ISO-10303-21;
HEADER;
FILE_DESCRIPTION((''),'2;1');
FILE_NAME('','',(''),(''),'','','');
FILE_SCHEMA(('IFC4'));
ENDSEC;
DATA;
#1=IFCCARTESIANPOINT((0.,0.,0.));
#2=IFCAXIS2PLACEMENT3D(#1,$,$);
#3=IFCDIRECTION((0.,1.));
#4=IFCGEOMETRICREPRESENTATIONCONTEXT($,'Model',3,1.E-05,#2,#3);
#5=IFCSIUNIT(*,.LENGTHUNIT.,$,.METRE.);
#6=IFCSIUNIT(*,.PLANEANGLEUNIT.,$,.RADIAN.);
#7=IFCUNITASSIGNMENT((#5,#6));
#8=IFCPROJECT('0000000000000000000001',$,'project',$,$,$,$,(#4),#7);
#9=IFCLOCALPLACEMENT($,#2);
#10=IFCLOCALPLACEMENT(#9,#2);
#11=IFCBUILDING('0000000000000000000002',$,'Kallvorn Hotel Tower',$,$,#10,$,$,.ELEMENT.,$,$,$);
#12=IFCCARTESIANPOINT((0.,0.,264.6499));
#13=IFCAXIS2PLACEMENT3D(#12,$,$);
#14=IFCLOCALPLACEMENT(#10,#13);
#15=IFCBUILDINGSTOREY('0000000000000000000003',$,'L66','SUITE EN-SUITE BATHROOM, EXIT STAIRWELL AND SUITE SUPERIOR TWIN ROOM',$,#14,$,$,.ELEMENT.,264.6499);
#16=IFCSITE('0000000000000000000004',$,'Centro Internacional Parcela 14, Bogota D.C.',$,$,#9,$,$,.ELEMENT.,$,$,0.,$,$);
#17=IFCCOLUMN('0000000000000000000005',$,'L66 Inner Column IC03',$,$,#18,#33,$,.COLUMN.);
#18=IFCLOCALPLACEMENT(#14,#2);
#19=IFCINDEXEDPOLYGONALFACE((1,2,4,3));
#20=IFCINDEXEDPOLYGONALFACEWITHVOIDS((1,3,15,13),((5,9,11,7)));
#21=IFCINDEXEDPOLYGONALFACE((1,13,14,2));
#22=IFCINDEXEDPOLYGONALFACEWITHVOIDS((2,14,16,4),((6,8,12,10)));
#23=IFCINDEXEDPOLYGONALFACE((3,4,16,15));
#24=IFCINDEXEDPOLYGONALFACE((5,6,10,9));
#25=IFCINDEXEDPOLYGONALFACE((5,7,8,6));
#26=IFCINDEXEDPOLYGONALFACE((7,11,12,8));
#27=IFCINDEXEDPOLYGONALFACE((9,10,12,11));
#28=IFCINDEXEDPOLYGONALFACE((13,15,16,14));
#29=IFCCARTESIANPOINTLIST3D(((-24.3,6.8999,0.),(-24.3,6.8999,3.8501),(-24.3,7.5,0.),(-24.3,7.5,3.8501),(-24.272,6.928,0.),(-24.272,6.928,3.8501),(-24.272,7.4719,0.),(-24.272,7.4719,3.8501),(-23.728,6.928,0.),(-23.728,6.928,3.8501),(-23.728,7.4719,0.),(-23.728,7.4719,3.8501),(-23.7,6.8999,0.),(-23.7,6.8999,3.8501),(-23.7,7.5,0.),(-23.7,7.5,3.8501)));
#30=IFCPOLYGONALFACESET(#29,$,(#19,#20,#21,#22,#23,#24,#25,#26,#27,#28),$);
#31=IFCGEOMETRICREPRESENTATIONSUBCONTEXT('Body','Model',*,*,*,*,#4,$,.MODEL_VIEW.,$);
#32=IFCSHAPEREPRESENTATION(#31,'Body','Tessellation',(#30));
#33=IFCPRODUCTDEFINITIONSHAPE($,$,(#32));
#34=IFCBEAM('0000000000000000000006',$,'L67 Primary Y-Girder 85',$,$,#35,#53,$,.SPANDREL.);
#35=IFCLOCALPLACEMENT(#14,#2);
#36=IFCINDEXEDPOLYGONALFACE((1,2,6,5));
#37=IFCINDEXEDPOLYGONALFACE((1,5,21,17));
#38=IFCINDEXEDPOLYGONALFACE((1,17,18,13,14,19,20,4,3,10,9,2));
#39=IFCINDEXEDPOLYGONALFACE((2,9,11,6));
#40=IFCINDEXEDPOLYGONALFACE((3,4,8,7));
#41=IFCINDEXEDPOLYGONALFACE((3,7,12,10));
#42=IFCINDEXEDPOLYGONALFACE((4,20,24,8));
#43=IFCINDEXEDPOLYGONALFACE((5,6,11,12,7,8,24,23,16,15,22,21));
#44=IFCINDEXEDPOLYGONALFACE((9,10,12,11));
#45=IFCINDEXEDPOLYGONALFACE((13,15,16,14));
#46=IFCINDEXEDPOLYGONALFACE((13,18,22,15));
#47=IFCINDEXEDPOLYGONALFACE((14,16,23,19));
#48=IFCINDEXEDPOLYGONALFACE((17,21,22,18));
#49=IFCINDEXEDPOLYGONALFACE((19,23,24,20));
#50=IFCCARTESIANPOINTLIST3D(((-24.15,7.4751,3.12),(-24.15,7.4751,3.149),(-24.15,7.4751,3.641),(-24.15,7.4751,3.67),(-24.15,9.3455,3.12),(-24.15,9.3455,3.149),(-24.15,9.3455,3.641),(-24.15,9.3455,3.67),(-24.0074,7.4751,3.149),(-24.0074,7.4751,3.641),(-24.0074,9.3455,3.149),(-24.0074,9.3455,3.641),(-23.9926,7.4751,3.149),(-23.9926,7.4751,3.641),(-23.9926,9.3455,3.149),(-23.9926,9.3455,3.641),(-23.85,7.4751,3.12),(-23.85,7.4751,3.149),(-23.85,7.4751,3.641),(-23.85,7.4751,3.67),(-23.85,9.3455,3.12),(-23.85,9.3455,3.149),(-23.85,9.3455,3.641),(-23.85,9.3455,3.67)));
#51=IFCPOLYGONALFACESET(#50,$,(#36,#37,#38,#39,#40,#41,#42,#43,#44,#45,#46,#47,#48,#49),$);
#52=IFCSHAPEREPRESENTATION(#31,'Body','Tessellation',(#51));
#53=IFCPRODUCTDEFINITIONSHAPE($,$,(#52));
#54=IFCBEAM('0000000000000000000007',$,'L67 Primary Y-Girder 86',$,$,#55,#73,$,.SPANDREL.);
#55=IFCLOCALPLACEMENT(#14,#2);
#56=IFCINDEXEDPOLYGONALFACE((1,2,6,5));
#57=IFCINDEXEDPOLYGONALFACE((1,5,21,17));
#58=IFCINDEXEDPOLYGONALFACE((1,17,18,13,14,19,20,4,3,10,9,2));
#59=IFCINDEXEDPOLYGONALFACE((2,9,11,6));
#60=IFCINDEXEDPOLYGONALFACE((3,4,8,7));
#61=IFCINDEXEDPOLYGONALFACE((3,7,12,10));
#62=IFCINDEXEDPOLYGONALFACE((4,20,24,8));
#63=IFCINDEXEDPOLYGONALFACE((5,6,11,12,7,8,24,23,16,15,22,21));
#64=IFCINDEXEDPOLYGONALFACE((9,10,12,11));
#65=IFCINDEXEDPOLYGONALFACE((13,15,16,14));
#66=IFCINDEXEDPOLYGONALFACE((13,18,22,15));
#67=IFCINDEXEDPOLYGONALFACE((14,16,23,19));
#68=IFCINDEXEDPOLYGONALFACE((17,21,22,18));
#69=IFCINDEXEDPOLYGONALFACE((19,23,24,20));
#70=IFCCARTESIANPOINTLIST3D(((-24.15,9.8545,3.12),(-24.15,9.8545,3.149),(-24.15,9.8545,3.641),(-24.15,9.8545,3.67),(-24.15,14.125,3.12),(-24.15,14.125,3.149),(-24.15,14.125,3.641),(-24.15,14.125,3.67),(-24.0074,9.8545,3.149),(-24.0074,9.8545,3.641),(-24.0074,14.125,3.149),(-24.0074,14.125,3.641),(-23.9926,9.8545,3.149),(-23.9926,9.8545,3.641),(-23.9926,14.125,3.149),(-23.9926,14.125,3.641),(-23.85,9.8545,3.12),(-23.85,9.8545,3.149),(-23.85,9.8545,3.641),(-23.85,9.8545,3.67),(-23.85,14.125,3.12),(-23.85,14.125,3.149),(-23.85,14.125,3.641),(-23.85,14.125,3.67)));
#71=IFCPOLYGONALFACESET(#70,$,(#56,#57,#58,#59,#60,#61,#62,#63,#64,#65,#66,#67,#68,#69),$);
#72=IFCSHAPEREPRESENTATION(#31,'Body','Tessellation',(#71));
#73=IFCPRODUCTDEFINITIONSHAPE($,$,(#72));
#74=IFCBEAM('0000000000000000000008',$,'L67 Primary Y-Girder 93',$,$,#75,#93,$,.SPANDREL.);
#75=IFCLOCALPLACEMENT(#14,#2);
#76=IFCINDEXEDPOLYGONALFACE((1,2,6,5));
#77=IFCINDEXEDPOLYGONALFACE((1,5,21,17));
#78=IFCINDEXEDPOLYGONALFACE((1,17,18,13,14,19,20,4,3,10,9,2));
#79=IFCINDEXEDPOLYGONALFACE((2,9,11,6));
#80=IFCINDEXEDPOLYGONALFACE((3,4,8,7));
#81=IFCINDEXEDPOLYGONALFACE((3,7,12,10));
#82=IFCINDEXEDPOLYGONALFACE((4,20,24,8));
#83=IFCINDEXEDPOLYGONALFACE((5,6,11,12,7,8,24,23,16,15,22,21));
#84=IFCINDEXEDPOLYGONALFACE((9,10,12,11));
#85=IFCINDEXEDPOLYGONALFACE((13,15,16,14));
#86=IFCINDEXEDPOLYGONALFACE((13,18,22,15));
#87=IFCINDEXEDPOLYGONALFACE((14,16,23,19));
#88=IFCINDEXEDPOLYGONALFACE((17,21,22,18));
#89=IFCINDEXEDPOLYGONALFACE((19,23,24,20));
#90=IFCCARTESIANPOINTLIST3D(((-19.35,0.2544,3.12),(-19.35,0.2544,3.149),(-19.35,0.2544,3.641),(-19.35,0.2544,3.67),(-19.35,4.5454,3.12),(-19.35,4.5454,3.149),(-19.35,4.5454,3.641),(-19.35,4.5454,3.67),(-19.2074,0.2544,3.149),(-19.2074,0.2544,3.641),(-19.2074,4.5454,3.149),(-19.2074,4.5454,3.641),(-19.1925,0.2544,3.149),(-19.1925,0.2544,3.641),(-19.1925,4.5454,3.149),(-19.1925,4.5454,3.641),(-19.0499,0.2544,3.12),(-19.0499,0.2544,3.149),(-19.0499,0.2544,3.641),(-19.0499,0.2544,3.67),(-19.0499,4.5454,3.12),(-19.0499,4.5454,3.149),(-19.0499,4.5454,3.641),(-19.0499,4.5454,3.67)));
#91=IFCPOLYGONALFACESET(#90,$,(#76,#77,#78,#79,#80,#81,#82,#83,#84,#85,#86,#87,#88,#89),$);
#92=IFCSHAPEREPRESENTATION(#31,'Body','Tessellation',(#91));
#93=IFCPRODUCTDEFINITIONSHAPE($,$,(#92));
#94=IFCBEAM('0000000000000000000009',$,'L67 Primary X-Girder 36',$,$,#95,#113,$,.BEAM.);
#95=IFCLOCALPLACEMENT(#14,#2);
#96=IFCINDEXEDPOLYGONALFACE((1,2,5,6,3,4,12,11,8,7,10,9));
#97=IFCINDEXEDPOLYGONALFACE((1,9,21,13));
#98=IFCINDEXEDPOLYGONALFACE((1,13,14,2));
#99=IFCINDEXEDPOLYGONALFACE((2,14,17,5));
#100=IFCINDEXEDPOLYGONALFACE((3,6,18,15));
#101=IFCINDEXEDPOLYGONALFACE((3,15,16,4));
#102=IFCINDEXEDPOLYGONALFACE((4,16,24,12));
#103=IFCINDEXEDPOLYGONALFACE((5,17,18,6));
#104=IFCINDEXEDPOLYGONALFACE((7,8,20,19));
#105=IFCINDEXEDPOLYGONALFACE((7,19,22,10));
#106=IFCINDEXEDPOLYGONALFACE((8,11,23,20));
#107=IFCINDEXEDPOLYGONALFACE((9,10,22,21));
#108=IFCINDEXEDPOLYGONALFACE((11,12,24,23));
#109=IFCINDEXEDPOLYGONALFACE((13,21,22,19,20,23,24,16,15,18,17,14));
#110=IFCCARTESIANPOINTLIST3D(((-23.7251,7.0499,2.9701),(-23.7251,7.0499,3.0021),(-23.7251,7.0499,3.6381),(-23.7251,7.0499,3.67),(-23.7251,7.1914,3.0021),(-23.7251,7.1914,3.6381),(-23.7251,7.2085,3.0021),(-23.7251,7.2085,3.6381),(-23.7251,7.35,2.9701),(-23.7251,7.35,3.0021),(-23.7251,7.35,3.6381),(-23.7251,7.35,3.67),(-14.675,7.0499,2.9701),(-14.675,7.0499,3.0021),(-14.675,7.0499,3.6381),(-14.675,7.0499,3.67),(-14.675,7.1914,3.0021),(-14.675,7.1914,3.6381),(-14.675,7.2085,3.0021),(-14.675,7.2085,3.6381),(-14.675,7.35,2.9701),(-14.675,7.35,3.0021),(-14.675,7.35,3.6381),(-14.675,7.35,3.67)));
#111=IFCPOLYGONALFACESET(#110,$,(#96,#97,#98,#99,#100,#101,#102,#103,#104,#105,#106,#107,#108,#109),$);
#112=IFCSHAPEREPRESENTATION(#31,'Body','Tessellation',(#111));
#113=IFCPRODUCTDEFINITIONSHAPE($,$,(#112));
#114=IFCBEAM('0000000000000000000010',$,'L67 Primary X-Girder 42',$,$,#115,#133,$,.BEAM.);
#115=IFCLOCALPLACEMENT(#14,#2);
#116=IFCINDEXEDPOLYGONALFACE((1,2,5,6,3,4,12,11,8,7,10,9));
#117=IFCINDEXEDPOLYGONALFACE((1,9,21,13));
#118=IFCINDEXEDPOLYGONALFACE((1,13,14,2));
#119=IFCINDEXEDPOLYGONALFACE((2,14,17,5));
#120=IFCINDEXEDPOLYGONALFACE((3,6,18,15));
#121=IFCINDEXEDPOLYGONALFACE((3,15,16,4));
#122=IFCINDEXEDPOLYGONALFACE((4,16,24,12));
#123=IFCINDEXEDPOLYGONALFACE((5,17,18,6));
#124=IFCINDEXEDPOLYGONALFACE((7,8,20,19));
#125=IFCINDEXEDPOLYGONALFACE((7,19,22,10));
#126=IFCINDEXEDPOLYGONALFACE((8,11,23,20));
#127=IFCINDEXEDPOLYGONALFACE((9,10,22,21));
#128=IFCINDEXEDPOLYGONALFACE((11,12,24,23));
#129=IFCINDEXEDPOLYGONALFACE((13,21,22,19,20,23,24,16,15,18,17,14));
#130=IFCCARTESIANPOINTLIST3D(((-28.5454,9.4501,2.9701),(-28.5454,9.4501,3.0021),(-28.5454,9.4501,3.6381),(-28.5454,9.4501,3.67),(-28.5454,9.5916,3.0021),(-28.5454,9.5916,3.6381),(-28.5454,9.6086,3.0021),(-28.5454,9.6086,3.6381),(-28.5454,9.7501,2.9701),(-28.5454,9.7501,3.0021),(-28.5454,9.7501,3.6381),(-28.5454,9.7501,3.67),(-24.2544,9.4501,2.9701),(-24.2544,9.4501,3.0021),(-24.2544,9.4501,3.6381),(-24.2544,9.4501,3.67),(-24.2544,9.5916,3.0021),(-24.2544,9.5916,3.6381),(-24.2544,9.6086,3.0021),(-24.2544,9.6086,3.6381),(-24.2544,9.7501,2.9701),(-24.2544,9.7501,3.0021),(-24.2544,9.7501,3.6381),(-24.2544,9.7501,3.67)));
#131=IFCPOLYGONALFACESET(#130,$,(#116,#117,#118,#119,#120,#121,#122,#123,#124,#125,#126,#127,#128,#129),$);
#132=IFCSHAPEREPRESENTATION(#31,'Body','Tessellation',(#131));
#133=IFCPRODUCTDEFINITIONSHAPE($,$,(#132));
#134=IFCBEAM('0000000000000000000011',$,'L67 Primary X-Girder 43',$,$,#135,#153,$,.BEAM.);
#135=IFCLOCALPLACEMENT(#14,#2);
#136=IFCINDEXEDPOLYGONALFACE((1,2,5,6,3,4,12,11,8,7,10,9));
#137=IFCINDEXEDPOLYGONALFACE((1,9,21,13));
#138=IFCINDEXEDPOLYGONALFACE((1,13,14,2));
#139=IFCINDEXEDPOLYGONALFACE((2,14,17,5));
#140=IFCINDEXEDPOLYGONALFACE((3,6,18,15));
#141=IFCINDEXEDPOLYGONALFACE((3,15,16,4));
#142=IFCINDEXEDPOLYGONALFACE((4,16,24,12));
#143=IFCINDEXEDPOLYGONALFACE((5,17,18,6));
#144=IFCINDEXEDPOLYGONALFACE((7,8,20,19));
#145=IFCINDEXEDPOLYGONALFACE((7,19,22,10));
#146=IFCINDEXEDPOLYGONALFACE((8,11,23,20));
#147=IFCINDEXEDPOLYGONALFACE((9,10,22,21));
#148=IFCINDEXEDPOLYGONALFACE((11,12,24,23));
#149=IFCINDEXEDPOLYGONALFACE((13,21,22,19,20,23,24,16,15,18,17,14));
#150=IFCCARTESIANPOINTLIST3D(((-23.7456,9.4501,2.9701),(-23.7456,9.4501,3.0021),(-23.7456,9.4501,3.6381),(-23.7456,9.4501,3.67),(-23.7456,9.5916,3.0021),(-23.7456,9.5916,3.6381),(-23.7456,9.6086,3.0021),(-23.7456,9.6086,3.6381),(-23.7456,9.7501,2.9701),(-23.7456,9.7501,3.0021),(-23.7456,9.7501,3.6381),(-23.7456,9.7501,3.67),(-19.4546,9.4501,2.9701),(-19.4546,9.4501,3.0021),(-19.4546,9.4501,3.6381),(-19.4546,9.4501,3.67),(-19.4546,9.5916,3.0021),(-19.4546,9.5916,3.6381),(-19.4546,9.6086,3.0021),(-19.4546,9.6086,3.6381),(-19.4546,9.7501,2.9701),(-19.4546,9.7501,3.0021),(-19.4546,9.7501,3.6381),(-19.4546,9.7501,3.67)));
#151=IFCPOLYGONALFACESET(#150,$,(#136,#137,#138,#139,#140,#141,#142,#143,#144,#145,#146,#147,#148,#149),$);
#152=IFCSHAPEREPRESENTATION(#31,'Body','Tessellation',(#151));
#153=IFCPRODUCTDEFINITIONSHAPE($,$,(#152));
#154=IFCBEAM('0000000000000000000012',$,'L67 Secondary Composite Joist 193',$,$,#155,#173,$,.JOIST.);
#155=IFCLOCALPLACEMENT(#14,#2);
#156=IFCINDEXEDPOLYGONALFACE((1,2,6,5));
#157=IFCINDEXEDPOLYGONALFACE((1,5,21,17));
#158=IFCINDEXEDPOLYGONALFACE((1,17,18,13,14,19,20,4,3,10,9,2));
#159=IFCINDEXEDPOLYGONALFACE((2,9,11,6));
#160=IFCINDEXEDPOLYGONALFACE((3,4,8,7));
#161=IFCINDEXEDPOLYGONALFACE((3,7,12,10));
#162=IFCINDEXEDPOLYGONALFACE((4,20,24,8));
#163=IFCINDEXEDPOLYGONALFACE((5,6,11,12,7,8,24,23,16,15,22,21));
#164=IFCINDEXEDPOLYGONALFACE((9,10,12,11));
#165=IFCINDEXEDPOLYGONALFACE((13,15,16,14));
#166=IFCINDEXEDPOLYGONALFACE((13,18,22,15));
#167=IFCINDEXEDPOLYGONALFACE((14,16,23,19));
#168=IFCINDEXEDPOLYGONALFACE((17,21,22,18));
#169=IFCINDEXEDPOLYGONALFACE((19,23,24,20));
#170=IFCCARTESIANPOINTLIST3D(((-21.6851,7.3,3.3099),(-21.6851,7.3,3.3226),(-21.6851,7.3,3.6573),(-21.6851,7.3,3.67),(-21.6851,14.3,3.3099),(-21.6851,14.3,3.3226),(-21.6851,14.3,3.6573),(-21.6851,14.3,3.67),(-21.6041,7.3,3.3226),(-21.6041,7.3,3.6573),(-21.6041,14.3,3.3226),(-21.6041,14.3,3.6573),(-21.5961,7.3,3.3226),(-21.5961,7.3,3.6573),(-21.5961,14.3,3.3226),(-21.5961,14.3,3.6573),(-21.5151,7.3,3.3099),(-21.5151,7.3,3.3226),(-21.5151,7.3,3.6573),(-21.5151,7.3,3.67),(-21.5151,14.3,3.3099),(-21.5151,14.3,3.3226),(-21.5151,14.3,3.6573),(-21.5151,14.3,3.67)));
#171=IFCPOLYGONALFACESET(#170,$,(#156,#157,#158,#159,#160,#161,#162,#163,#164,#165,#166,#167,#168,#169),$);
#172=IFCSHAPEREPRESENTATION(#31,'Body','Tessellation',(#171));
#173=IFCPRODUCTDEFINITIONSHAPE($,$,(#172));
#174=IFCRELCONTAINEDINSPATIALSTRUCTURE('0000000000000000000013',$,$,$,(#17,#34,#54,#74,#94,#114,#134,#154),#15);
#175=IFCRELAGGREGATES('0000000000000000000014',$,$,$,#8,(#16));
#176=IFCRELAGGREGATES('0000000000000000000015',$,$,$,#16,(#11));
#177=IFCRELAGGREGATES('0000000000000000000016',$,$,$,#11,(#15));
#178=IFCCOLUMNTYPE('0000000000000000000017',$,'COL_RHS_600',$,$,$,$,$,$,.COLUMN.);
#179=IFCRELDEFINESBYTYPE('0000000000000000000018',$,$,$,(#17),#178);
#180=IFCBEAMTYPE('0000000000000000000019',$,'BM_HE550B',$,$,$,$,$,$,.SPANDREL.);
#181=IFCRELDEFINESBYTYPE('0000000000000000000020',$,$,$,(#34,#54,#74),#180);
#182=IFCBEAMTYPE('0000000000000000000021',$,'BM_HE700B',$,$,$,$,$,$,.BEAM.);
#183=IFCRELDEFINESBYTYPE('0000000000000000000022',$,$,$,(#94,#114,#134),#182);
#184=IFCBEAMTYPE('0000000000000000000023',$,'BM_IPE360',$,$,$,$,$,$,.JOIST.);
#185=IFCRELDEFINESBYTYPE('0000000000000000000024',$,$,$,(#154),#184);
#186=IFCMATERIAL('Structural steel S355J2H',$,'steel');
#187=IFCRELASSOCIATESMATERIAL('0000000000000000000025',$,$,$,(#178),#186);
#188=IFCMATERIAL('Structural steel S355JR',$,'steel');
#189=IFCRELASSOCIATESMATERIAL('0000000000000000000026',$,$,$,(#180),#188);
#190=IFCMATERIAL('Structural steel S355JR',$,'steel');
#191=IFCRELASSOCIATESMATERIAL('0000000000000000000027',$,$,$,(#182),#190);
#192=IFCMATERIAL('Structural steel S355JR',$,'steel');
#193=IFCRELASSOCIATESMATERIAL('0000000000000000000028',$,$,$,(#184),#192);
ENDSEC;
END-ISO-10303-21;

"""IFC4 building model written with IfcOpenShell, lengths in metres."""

from ifc_helpers import new_model, si_unit, direction, frame, origin, origin_2d, place, context, subcontext, project, spatial, hollow_rectangle, i_section, extrude, material, material_profile, profile_set, type_object, element, save


model = new_model("IFC4")

# Units and contexts
model_context = context("Model", 3, precision=1e-05, world=origin(), true_north=direction((0.0, 1.0)))
body_context = subcontext(model_context, "Body", "Model", "MODEL_VIEW")
ifc_project = project(units=[si_unit("LENGTHUNIT", "METRE"), si_unit("PLANEANGLEUNIT", "RADIAN")], contexts=[model_context])

# Site, building, storey
site_placement = place(None, origin())
site = spatial("IfcSite", under=ifc_project, at=site_placement, Name="Centro Internacional Parcela 14, Bogota D.C.", CompositionType="ELEMENT", RefElevation=0.0)
building_placement = place(site_placement, origin())
building = spatial("IfcBuilding", under=site, at=building_placement, Name="Kallvorn Hotel Tower", CompositionType="ELEMENT")
storey_placement = place(building_placement, frame((0.0, 0.0, 264.6499)))
storey = spatial("IfcBuildingStorey", under=building, at=storey_placement, Name="L66", Description="SUITE EN-SUITE BATHROOM, EXIT STAIRWELL AND SUITE SUPERIOR TWIN ROOM", CompositionType="ELEMENT", Elevation=264.6499)

# Column
ifc_material_1 = material(Name="Structural steel S355J2H", Category="steel")
ifc_material_profile_1 = material_profile(ifc_material_1, hollow_rectangle(XDim=0.6001, YDim=0.6001, WallThickness=0.0281, at=origin_2d()), Name="RHS 600x600x28")
ifc_profile_set_1 = profile_set([ifc_material_profile_1], Name="Structural steel S355J2H")
column_type_1 = type_object("IfcColumnType", Name="COL_RHS_600", PredefinedType="COLUMN", material=ifc_profile_set_1)
column_placement = place(storey_placement, frame((-24.0, 7.2, 0.0), z_axis=(0.0, 0.0, 1.0), x_axis=(1.0, 0.0, 0.0)))
element("IfcColumn", 1, at=column_placement, inside=storey, type_object=column_type_1, Name="L66 Inner Column IC03", PredefinedType="COLUMN", context=body_context, shape_type="SweptSolid", body=[
    extrude(hollow_rectangle(XDim=0.6001, YDim=0.6001, WallThickness=0.0281, at=origin_2d()), origin(), (0.0, 0.0, 1.0), 3.8501),
])

# Beams
ifc_material_2 = material(Name="Structural steel S355JR", Category="steel")
ifc_material_profile_2 = material_profile(ifc_material_2, i_section(OverallWidth=0.3, OverallDepth=0.55, WebThickness=0.0149, FlangeThickness=0.0291, at=origin_2d()), Name="HE 550 B")
ifc_profile_set_2 = profile_set([ifc_material_profile_2], Name="Structural steel S355JR")
beam_type_1 = type_object("IfcBeamType", Name="BM_HE550B", PredefinedType="SPANDREL", material=ifc_profile_set_2)
beam_1_placement = place(storey_placement, frame((-24.0, 7.4751, 3.395), z_axis=(0.0, 1.0, 0.0), x_axis=(-1.0, 0.0, 0.0)))
element("IfcBeam", 2, at=beam_1_placement, inside=storey, type_object=beam_type_1, Name="L67 Primary Y-Girder 85", PredefinedType="SPANDREL", context=body_context, shape_type="SweptSolid", body=[
    extrude(i_section(OverallWidth=0.3, OverallDepth=0.55, WebThickness=0.0149, FlangeThickness=0.0291, at=origin_2d()), origin(), (0.0, 0.0, 1.0), 1.8704),
])
beam_2_placement = place(storey_placement, frame((-24.0, 9.8545, 3.395), z_axis=(0.0, 1.0, 0.0), x_axis=(-1.0, 0.0, 0.0)))
element("IfcBeam", 3, at=beam_2_placement, inside=storey, type_object=beam_type_1, Name="L67 Primary Y-Girder 86", PredefinedType="SPANDREL", context=body_context, shape_type="SweptSolid", body=[
    extrude(i_section(OverallWidth=0.3, OverallDepth=0.55, WebThickness=0.0149, FlangeThickness=0.0291, at=origin_2d()), origin(), (0.0, 0.0, 1.0), 4.2705),
])
beam_3_placement = place(storey_placement, frame((-19.2, 0.2544, 3.395), z_axis=(0.0, 1.0, 0.0), x_axis=(-1.0, 0.0, 0.0)))
element("IfcBeam", 4, at=beam_3_placement, inside=storey, type_object=beam_type_1, Name="L67 Primary Y-Girder 93", PredefinedType="SPANDREL", context=body_context, shape_type="SweptSolid", body=[
    extrude(i_section(OverallWidth=0.3, OverallDepth=0.55, WebThickness=0.0149, FlangeThickness=0.0291, at=origin_2d()), origin(), (0.0, 0.0, 1.0), 4.291),
])
ifc_material_3 = material(Name="Structural steel S355JR", Category="steel")
ifc_material_profile_3 = material_profile(ifc_material_3, i_section(OverallWidth=0.3, OverallDepth=0.7, WebThickness=0.0171, FlangeThickness=0.032, at=origin_2d()), Name="HE 700 B")
ifc_profile_set_3 = profile_set([ifc_material_profile_3], Name="Structural steel S355JR")
beam_type_2 = type_object("IfcBeamType", Name="BM_HE700B", PredefinedType="BEAM", material=ifc_profile_set_3)
beam_4_placement = place(storey_placement, frame((-23.7251, 7.2, 3.3201), z_axis=(1.0, 0.0, 0.0), x_axis=(0.0, 1.0, 0.0)))
element("IfcBeam", 5, at=beam_4_placement, inside=storey, type_object=beam_type_2, Name="L67 Primary X-Girder 36", PredefinedType="BEAM", context=body_context, shape_type="SweptSolid", body=[
    extrude(i_section(OverallWidth=0.3, OverallDepth=0.7, WebThickness=0.0171, FlangeThickness=0.032, at=origin_2d()), origin(), (0.0, 0.0, 1.0), 9.05),
])
for number, where, z_axis, x_axis, name in (
    (6, (-28.5454, 9.6001, 3.3201), (1.0, 0.0, 0.0), (0.0, 1.0, 0.0), "L67 Primary X-Girder 42"),
    (7, (-23.7456, 9.6001, 3.3201), (1.0, 0.0, 0.0), (0.0, 1.0, 0.0), "L67 Primary X-Girder 43"),
):
    element("IfcBeam", number, at=place(storey_placement, frame(where, z_axis=z_axis, x_axis=x_axis)), inside=storey, type_object=beam_type_2, Name=name, PredefinedType="BEAM", context=body_context, shape_type="SweptSolid", body=[
        extrude(i_section(OverallWidth=0.3, OverallDepth=0.7, WebThickness=0.0171, FlangeThickness=0.032, at=origin_2d()), origin(), (0.0, 0.0, 1.0), 4.291),
    ])
ifc_material_4 = material(Name="Structural steel S355JR", Category="steel")
ifc_material_profile_4 = material_profile(ifc_material_4, i_section(OverallWidth=0.1699, OverallDepth=0.3601, WebThickness=0.0081, FlangeThickness=0.0127, at=origin_2d()), Name="IPE 360")
ifc_profile_set_4 = profile_set([ifc_material_profile_4], Name="Structural steel S355JR")
beam_type_3 = type_object("IfcBeamType", Name="BM_IPE360", PredefinedType="JOIST", material=ifc_profile_set_4)
beam_5_placement = place(storey_placement, frame((-21.6001, 7.3, 3.49), z_axis=(0.0, 1.0, 0.0), x_axis=(-1.0, 0.0, 0.0)))
element("IfcBeam", 8, at=beam_5_placement, inside=storey, type_object=beam_type_3, Name="L67 Secondary Composite Joist 193", PredefinedType="JOIST", context=body_context, shape_type="SweptSolid", body=[
    extrude(i_section(OverallWidth=0.1699, OverallDepth=0.3601, WebThickness=0.0081, FlangeThickness=0.0127, at=origin_2d()), origin(), (0.0, 0.0, 1.0), 7.0),
])

save(model, "model.ifc")
